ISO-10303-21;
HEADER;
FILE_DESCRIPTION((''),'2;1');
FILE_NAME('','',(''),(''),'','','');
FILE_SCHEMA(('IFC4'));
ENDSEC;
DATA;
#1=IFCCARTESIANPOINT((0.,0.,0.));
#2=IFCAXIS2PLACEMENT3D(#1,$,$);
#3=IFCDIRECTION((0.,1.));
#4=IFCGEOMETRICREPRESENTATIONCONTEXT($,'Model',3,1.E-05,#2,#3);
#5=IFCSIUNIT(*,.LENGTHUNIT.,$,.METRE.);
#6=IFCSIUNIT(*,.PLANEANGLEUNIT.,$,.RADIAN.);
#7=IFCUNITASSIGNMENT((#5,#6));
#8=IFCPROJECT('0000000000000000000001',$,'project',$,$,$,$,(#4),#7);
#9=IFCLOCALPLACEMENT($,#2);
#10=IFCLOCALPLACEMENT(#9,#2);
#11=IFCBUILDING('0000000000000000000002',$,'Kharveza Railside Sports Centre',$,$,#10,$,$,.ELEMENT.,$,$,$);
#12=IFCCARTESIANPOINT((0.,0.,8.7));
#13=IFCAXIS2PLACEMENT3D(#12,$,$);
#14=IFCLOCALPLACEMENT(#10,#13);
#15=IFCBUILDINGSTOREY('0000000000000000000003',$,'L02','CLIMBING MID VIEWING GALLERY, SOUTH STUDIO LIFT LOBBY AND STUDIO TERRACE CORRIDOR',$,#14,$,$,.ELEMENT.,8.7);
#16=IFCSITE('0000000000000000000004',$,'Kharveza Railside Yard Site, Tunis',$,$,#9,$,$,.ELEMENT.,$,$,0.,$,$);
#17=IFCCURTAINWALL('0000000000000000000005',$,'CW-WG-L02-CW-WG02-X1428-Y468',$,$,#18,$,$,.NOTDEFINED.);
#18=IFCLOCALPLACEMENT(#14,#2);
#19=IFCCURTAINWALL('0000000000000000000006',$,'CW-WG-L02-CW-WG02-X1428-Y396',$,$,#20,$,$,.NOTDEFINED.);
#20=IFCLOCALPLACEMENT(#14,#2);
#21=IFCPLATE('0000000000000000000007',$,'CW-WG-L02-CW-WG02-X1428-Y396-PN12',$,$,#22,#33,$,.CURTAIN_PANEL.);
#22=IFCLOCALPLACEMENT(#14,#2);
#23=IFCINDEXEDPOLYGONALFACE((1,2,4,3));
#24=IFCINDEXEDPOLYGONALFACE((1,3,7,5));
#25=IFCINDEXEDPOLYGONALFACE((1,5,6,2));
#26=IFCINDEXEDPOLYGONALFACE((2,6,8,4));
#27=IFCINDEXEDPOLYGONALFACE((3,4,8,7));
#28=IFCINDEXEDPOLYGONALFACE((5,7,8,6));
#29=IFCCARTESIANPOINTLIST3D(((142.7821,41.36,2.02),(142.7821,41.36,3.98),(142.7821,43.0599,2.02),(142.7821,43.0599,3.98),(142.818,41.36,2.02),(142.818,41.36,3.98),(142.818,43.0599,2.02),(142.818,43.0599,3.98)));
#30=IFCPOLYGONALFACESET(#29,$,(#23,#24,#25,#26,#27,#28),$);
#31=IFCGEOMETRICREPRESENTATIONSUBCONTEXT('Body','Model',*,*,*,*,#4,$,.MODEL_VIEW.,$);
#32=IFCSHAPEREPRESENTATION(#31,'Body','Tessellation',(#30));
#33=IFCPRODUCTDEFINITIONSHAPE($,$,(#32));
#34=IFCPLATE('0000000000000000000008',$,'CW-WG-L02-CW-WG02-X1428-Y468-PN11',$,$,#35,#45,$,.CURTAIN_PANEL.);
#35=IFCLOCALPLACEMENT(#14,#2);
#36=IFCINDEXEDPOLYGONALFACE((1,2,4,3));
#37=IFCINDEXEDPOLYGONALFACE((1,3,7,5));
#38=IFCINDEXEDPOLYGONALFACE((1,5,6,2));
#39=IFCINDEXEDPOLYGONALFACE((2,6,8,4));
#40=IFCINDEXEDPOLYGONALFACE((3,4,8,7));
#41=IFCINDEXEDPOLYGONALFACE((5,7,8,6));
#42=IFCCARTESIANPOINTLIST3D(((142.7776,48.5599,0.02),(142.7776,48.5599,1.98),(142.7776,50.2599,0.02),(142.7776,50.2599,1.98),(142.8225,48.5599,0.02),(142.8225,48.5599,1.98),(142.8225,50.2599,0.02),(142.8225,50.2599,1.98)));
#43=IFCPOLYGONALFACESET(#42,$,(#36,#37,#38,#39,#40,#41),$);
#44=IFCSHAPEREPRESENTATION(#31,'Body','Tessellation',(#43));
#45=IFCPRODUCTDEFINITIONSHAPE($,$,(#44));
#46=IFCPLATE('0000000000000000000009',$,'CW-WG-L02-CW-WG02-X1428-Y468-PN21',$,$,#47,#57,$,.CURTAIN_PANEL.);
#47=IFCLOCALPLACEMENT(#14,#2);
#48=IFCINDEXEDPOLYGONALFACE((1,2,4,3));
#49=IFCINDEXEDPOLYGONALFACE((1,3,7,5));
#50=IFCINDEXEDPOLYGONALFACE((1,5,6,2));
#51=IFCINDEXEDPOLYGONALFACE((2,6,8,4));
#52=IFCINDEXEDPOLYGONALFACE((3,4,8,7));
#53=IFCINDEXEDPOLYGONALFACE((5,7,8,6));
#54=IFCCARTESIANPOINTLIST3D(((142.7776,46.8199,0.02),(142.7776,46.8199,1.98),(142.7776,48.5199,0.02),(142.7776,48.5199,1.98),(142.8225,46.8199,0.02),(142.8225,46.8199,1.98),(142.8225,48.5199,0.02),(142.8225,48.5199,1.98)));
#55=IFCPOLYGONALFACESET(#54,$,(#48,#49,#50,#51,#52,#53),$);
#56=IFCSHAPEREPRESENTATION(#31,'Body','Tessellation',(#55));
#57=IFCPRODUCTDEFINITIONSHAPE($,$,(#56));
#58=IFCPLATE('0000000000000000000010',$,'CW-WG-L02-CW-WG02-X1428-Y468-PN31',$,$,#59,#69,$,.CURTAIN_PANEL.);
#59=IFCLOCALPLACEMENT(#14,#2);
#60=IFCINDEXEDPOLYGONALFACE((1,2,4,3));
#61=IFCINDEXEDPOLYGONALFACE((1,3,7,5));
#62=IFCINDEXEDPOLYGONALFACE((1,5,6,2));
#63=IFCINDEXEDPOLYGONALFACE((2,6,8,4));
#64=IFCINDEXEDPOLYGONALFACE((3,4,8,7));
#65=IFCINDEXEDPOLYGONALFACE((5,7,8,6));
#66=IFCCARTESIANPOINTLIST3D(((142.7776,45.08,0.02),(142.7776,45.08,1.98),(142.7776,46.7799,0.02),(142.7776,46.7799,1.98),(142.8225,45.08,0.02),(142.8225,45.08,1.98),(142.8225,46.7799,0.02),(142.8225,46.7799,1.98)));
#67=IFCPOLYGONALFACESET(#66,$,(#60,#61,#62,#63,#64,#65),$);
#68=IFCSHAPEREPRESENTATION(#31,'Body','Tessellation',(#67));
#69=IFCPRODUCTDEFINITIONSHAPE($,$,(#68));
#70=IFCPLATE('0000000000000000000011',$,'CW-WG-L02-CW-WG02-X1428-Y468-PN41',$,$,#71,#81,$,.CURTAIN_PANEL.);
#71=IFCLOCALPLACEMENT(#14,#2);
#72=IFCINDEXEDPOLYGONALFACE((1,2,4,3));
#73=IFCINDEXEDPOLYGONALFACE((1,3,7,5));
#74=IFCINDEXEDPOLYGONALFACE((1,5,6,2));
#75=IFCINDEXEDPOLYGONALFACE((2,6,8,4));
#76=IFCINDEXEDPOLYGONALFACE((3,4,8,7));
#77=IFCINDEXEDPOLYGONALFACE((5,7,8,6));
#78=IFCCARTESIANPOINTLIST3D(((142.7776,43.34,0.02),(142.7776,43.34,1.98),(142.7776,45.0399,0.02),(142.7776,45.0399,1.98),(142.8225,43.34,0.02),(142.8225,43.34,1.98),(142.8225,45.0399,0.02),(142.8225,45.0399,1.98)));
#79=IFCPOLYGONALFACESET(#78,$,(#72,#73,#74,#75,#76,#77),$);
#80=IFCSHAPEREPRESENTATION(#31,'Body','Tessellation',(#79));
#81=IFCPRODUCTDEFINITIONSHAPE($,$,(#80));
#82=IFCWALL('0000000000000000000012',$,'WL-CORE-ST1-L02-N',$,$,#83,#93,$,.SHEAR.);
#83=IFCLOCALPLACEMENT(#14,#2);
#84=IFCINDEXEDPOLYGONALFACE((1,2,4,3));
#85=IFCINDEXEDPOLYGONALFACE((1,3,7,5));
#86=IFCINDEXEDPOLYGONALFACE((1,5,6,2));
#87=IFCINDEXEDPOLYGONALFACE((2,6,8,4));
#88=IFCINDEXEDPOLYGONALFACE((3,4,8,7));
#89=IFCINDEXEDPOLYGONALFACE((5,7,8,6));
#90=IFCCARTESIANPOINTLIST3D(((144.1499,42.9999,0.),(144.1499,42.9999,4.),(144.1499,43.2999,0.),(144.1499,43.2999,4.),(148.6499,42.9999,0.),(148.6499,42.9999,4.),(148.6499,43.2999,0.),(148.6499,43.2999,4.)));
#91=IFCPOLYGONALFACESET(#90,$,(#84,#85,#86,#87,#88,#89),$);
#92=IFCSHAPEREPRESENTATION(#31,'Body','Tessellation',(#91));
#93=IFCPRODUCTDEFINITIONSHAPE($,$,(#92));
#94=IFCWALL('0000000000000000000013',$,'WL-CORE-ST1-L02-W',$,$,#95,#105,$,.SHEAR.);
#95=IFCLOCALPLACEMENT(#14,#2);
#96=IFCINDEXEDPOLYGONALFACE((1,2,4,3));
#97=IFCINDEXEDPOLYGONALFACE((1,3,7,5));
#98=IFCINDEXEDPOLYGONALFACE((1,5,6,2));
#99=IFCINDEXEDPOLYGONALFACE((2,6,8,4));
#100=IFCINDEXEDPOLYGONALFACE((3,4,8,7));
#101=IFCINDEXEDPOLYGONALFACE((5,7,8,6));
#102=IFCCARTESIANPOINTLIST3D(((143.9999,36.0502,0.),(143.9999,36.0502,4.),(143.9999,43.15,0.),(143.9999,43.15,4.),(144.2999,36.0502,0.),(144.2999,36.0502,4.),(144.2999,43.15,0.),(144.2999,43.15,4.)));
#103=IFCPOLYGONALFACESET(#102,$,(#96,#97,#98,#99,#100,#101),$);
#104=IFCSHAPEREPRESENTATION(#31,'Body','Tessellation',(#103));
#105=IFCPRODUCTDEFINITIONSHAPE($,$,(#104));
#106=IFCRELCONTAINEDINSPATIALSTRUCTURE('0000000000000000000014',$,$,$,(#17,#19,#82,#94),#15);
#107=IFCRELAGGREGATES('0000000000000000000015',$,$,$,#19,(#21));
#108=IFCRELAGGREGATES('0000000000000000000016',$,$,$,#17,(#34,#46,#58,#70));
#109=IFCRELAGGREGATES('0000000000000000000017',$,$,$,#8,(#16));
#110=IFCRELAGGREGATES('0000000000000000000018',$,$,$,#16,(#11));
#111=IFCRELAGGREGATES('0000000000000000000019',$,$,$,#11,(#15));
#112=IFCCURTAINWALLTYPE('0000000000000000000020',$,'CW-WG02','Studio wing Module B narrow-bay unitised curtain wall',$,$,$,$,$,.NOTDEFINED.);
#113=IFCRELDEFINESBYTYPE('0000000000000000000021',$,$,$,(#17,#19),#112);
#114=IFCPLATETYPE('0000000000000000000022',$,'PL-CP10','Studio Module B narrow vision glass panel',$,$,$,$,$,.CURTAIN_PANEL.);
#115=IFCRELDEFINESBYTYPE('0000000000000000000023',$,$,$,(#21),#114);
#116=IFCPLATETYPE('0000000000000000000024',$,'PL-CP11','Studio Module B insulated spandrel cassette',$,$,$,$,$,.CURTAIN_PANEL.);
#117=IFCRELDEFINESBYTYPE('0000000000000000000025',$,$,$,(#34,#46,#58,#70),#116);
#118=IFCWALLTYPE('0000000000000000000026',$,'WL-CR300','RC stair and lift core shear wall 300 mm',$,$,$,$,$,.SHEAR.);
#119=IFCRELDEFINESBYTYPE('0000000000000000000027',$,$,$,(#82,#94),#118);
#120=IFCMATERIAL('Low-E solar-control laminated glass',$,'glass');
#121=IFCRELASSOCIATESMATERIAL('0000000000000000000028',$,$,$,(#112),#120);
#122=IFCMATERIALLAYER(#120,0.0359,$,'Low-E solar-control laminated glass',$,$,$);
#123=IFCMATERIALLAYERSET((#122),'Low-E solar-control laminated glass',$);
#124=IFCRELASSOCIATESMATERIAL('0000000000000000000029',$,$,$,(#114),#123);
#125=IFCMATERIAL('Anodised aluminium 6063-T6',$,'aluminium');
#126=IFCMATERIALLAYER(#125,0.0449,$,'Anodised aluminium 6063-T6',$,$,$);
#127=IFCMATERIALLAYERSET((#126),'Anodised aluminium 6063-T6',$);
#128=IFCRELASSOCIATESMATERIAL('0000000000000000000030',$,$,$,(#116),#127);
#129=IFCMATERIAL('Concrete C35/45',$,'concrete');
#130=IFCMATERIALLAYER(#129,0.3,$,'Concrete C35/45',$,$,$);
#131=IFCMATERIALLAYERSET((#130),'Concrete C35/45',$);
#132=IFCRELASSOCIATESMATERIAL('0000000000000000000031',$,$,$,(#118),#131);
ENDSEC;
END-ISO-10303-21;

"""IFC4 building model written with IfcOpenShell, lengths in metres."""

from ifc_helpers import new_model, si_unit, direction, frame, frame_2d, origin, origin_2d, place, context, subcontext, project, spatial, rectangle, extrude, material, layer, layer_set, type_object, element, aggregate, save


model = new_model("IFC4")

# Units and contexts
model_context = context("Model", 3, precision=1e-05, world=origin(), true_north=direction((0.0, 1.0)))
body_context = subcontext(model_context, "Body", "Model", "MODEL_VIEW")
ifc_project = project(units=[si_unit("LENGTHUNIT", "METRE"), si_unit("PLANEANGLEUNIT", "RADIAN")], contexts=[model_context])

# Site, building, storey
site_placement = place(None, origin())
site = spatial("IfcSite", under=ifc_project, at=site_placement, Name="Kharveza Railside Yard Site, Tunis", CompositionType="ELEMENT", RefElevation=0.0)
building_placement = place(site_placement, origin())
building = spatial("IfcBuilding", under=site, at=building_placement, Name="Kharveza Railside Sports Centre", CompositionType="ELEMENT")
storey_placement = place(building_placement, frame((0.0, 0.0, 8.7)))
storey = spatial("IfcBuildingStorey", under=building, at=storey_placement, Name="L02", Description="CLIMBING MID VIEWING GALLERY, SOUTH STUDIO LIFT LOBBY AND STUDIO TERRACE CORRIDOR", CompositionType="ELEMENT", Elevation=8.7)

# Curtain wall
ifc_material_1 = material(Name="Low-E solar-control laminated glass", Category="glass")
curtain_wall_type = type_object("IfcCurtainWallType", Name="CW-WG02", Description="Studio wing Module B narrow-bay unitised curtain wall", PredefinedType="NOTDEFINED", material=ifc_material_1)
curtain_wall_1_placement = place(storey_placement, origin())
curtain_wall_1 = element("IfcCurtainWall", 1, at=curtain_wall_1_placement, inside=storey, type_object=curtain_wall_type, Name="CW-WG-L02-CW-WG02-X1428-Y468", PredefinedType="NOTDEFINED")
ifc_material_2 = material(Name="Anodised aluminium 6063-T6", Category="aluminium")

# Curtain wall
curtain_wall_2_placement = place(storey_placement, origin())
curtain_wall_2 = element("IfcCurtainWall", 2, at=curtain_wall_2_placement, inside=storey, type_object=curtain_wall_type, Name="CW-WG-L02-CW-WG02-X1428-Y396", PredefinedType="NOTDEFINED")

# Plates
ifc_layer_1 = layer(ifc_material_1, 0.0359, Name="Low-E solar-control laminated glass")
ifc_layer_set_1 = layer_set([ifc_layer_1], Name="Low-E solar-control laminated glass")
plate_type_1 = type_object("IfcPlateType", Name="PL-CP10", Description="Studio Module B narrow vision glass panel", PredefinedType="CURTAIN_PANEL", material=ifc_layer_set_1)
plate_1_placement = place(storey_placement, frame((142.8, 42.21, 2.02), z_axis=(0.0, 0.0, 1.0), x_axis=(0.0, -1.0, 0.0)))
plate_1 = element("IfcPlate", 3, at=plate_1_placement, type_object=plate_type_1, Name="CW-WG-L02-CW-WG02-X1428-Y396-PN12", PredefinedType="CURTAIN_PANEL", context=body_context, shape_type="SweptSolid", body=[
    extrude(rectangle(XDim=1.7, YDim=0.0359, at=origin_2d()), origin(), (0.0, 0.0, 1.0), 1.96),
])
aggregate(curtain_wall_2, [plate_1])
ifc_layer_2 = layer(ifc_material_2, 0.0449, Name="Anodised aluminium 6063-T6")
ifc_layer_set_2 = layer_set([ifc_layer_2], Name="Anodised aluminium 6063-T6")
plate_type_2 = type_object("IfcPlateType", Name="PL-CP11", Description="Studio Module B insulated spandrel cassette", PredefinedType="CURTAIN_PANEL", material=ifc_layer_set_2)
plate_2_placement = place(storey_placement, frame((142.8, 49.4099, 0.02), z_axis=(0.0, 0.0, 1.0), x_axis=(0.0, -1.0, 0.0)))
plate_2 = element("IfcPlate", 4, at=plate_2_placement, type_object=plate_type_2, Name="CW-WG-L02-CW-WG02-X1428-Y468-PN11", PredefinedType="CURTAIN_PANEL", context=body_context, shape_type="SweptSolid", body=[
    extrude(rectangle(XDim=1.7, YDim=0.0449, at=origin_2d()), origin(), (0.0, 0.0, 1.0), 1.96),
])
plate_3_placement = place(storey_placement, frame((142.8, 47.6699, 0.02), z_axis=(0.0, 0.0, 1.0), x_axis=(0.0, -1.0, 0.0)))
plate_3 = element("IfcPlate", 5, at=plate_3_placement, type_object=plate_type_2, Name="CW-WG-L02-CW-WG02-X1428-Y468-PN21", PredefinedType="CURTAIN_PANEL", context=body_context, shape_type="SweptSolid", body=[
    extrude(rectangle(XDim=1.7, YDim=0.0449, at=origin_2d()), origin(), (0.0, 0.0, 1.0), 1.96),
])
plate_4_placement = place(storey_placement, frame((142.8, 45.9299, 0.02), z_axis=(0.0, 0.0, 1.0), x_axis=(0.0, -1.0, 0.0)))
plate_4 = element("IfcPlate", 6, at=plate_4_placement, type_object=plate_type_2, Name="CW-WG-L02-CW-WG02-X1428-Y468-PN31", PredefinedType="CURTAIN_PANEL", context=body_context, shape_type="SweptSolid", body=[
    extrude(rectangle(XDim=1.7, YDim=0.0449, at=origin_2d()), origin(), (0.0, 0.0, 1.0), 1.96),
])
plate_5_placement = place(storey_placement, frame((142.8, 44.1899, 0.02), z_axis=(0.0, 0.0, 1.0), x_axis=(0.0, -1.0, 0.0)))
plate_5 = element("IfcPlate", 7, at=plate_5_placement, type_object=plate_type_2, Name="CW-WG-L02-CW-WG02-X1428-Y468-PN41", PredefinedType="CURTAIN_PANEL", context=body_context, shape_type="SweptSolid", body=[
    extrude(rectangle(XDim=1.7, YDim=0.0449, at=origin_2d()), origin(), (0.0, 0.0, 1.0), 1.96),
])
aggregate(curtain_wall_1, [plate_2, plate_3, plate_4, plate_5])

# Walls
ifc_material_3 = material(Name="Concrete C35/45", Category="concrete")
ifc_layer_3 = layer(ifc_material_3, 0.3, Name="Concrete C35/45")
ifc_layer_set_3 = layer_set([ifc_layer_3], Name="Concrete C35/45")
wall_type = type_object("IfcWallType", Name="WL-CR300", Description="RC stair and lift core shear wall 300 mm", PredefinedType="SHEAR", material=ifc_layer_set_3)
wall_1_placement = place(storey_placement, frame((148.6499, 43.1499, 0.0), z_axis=(0.0, 0.0, 1.0), x_axis=(-1.0, 0.0, 0.0)))
element("IfcWall", 8, at=wall_1_placement, inside=storey, type_object=wall_type, Name="WL-CORE-ST1-L02-N", PredefinedType="SHEAR", context=body_context, shape_type="SweptSolid", body=[
    extrude(rectangle(XDim=4.5, YDim=0.3, at=frame_2d((2.25, 0.0))), origin(), (0.0, 0.0, 1.0), 4.0),
])
wall_2_placement = place(storey_placement, frame((144.1499, 43.1499, 0.0), z_axis=(0.0, 0.0, 1.0), x_axis=(0.0, -1.0, 0.0)))
element("IfcWall", 9, at=wall_2_placement, inside=storey, type_object=wall_type, Name="WL-CORE-ST1-L02-W", PredefinedType="SHEAR", context=body_context, shape_type="SweptSolid", body=[
    extrude(rectangle(XDim=7.0999, YDim=0.3, at=frame_2d((3.5498, 0.0))), origin(), (0.0, 0.0, 1.0), 4.0),
])

save(model, "model.ifc")
